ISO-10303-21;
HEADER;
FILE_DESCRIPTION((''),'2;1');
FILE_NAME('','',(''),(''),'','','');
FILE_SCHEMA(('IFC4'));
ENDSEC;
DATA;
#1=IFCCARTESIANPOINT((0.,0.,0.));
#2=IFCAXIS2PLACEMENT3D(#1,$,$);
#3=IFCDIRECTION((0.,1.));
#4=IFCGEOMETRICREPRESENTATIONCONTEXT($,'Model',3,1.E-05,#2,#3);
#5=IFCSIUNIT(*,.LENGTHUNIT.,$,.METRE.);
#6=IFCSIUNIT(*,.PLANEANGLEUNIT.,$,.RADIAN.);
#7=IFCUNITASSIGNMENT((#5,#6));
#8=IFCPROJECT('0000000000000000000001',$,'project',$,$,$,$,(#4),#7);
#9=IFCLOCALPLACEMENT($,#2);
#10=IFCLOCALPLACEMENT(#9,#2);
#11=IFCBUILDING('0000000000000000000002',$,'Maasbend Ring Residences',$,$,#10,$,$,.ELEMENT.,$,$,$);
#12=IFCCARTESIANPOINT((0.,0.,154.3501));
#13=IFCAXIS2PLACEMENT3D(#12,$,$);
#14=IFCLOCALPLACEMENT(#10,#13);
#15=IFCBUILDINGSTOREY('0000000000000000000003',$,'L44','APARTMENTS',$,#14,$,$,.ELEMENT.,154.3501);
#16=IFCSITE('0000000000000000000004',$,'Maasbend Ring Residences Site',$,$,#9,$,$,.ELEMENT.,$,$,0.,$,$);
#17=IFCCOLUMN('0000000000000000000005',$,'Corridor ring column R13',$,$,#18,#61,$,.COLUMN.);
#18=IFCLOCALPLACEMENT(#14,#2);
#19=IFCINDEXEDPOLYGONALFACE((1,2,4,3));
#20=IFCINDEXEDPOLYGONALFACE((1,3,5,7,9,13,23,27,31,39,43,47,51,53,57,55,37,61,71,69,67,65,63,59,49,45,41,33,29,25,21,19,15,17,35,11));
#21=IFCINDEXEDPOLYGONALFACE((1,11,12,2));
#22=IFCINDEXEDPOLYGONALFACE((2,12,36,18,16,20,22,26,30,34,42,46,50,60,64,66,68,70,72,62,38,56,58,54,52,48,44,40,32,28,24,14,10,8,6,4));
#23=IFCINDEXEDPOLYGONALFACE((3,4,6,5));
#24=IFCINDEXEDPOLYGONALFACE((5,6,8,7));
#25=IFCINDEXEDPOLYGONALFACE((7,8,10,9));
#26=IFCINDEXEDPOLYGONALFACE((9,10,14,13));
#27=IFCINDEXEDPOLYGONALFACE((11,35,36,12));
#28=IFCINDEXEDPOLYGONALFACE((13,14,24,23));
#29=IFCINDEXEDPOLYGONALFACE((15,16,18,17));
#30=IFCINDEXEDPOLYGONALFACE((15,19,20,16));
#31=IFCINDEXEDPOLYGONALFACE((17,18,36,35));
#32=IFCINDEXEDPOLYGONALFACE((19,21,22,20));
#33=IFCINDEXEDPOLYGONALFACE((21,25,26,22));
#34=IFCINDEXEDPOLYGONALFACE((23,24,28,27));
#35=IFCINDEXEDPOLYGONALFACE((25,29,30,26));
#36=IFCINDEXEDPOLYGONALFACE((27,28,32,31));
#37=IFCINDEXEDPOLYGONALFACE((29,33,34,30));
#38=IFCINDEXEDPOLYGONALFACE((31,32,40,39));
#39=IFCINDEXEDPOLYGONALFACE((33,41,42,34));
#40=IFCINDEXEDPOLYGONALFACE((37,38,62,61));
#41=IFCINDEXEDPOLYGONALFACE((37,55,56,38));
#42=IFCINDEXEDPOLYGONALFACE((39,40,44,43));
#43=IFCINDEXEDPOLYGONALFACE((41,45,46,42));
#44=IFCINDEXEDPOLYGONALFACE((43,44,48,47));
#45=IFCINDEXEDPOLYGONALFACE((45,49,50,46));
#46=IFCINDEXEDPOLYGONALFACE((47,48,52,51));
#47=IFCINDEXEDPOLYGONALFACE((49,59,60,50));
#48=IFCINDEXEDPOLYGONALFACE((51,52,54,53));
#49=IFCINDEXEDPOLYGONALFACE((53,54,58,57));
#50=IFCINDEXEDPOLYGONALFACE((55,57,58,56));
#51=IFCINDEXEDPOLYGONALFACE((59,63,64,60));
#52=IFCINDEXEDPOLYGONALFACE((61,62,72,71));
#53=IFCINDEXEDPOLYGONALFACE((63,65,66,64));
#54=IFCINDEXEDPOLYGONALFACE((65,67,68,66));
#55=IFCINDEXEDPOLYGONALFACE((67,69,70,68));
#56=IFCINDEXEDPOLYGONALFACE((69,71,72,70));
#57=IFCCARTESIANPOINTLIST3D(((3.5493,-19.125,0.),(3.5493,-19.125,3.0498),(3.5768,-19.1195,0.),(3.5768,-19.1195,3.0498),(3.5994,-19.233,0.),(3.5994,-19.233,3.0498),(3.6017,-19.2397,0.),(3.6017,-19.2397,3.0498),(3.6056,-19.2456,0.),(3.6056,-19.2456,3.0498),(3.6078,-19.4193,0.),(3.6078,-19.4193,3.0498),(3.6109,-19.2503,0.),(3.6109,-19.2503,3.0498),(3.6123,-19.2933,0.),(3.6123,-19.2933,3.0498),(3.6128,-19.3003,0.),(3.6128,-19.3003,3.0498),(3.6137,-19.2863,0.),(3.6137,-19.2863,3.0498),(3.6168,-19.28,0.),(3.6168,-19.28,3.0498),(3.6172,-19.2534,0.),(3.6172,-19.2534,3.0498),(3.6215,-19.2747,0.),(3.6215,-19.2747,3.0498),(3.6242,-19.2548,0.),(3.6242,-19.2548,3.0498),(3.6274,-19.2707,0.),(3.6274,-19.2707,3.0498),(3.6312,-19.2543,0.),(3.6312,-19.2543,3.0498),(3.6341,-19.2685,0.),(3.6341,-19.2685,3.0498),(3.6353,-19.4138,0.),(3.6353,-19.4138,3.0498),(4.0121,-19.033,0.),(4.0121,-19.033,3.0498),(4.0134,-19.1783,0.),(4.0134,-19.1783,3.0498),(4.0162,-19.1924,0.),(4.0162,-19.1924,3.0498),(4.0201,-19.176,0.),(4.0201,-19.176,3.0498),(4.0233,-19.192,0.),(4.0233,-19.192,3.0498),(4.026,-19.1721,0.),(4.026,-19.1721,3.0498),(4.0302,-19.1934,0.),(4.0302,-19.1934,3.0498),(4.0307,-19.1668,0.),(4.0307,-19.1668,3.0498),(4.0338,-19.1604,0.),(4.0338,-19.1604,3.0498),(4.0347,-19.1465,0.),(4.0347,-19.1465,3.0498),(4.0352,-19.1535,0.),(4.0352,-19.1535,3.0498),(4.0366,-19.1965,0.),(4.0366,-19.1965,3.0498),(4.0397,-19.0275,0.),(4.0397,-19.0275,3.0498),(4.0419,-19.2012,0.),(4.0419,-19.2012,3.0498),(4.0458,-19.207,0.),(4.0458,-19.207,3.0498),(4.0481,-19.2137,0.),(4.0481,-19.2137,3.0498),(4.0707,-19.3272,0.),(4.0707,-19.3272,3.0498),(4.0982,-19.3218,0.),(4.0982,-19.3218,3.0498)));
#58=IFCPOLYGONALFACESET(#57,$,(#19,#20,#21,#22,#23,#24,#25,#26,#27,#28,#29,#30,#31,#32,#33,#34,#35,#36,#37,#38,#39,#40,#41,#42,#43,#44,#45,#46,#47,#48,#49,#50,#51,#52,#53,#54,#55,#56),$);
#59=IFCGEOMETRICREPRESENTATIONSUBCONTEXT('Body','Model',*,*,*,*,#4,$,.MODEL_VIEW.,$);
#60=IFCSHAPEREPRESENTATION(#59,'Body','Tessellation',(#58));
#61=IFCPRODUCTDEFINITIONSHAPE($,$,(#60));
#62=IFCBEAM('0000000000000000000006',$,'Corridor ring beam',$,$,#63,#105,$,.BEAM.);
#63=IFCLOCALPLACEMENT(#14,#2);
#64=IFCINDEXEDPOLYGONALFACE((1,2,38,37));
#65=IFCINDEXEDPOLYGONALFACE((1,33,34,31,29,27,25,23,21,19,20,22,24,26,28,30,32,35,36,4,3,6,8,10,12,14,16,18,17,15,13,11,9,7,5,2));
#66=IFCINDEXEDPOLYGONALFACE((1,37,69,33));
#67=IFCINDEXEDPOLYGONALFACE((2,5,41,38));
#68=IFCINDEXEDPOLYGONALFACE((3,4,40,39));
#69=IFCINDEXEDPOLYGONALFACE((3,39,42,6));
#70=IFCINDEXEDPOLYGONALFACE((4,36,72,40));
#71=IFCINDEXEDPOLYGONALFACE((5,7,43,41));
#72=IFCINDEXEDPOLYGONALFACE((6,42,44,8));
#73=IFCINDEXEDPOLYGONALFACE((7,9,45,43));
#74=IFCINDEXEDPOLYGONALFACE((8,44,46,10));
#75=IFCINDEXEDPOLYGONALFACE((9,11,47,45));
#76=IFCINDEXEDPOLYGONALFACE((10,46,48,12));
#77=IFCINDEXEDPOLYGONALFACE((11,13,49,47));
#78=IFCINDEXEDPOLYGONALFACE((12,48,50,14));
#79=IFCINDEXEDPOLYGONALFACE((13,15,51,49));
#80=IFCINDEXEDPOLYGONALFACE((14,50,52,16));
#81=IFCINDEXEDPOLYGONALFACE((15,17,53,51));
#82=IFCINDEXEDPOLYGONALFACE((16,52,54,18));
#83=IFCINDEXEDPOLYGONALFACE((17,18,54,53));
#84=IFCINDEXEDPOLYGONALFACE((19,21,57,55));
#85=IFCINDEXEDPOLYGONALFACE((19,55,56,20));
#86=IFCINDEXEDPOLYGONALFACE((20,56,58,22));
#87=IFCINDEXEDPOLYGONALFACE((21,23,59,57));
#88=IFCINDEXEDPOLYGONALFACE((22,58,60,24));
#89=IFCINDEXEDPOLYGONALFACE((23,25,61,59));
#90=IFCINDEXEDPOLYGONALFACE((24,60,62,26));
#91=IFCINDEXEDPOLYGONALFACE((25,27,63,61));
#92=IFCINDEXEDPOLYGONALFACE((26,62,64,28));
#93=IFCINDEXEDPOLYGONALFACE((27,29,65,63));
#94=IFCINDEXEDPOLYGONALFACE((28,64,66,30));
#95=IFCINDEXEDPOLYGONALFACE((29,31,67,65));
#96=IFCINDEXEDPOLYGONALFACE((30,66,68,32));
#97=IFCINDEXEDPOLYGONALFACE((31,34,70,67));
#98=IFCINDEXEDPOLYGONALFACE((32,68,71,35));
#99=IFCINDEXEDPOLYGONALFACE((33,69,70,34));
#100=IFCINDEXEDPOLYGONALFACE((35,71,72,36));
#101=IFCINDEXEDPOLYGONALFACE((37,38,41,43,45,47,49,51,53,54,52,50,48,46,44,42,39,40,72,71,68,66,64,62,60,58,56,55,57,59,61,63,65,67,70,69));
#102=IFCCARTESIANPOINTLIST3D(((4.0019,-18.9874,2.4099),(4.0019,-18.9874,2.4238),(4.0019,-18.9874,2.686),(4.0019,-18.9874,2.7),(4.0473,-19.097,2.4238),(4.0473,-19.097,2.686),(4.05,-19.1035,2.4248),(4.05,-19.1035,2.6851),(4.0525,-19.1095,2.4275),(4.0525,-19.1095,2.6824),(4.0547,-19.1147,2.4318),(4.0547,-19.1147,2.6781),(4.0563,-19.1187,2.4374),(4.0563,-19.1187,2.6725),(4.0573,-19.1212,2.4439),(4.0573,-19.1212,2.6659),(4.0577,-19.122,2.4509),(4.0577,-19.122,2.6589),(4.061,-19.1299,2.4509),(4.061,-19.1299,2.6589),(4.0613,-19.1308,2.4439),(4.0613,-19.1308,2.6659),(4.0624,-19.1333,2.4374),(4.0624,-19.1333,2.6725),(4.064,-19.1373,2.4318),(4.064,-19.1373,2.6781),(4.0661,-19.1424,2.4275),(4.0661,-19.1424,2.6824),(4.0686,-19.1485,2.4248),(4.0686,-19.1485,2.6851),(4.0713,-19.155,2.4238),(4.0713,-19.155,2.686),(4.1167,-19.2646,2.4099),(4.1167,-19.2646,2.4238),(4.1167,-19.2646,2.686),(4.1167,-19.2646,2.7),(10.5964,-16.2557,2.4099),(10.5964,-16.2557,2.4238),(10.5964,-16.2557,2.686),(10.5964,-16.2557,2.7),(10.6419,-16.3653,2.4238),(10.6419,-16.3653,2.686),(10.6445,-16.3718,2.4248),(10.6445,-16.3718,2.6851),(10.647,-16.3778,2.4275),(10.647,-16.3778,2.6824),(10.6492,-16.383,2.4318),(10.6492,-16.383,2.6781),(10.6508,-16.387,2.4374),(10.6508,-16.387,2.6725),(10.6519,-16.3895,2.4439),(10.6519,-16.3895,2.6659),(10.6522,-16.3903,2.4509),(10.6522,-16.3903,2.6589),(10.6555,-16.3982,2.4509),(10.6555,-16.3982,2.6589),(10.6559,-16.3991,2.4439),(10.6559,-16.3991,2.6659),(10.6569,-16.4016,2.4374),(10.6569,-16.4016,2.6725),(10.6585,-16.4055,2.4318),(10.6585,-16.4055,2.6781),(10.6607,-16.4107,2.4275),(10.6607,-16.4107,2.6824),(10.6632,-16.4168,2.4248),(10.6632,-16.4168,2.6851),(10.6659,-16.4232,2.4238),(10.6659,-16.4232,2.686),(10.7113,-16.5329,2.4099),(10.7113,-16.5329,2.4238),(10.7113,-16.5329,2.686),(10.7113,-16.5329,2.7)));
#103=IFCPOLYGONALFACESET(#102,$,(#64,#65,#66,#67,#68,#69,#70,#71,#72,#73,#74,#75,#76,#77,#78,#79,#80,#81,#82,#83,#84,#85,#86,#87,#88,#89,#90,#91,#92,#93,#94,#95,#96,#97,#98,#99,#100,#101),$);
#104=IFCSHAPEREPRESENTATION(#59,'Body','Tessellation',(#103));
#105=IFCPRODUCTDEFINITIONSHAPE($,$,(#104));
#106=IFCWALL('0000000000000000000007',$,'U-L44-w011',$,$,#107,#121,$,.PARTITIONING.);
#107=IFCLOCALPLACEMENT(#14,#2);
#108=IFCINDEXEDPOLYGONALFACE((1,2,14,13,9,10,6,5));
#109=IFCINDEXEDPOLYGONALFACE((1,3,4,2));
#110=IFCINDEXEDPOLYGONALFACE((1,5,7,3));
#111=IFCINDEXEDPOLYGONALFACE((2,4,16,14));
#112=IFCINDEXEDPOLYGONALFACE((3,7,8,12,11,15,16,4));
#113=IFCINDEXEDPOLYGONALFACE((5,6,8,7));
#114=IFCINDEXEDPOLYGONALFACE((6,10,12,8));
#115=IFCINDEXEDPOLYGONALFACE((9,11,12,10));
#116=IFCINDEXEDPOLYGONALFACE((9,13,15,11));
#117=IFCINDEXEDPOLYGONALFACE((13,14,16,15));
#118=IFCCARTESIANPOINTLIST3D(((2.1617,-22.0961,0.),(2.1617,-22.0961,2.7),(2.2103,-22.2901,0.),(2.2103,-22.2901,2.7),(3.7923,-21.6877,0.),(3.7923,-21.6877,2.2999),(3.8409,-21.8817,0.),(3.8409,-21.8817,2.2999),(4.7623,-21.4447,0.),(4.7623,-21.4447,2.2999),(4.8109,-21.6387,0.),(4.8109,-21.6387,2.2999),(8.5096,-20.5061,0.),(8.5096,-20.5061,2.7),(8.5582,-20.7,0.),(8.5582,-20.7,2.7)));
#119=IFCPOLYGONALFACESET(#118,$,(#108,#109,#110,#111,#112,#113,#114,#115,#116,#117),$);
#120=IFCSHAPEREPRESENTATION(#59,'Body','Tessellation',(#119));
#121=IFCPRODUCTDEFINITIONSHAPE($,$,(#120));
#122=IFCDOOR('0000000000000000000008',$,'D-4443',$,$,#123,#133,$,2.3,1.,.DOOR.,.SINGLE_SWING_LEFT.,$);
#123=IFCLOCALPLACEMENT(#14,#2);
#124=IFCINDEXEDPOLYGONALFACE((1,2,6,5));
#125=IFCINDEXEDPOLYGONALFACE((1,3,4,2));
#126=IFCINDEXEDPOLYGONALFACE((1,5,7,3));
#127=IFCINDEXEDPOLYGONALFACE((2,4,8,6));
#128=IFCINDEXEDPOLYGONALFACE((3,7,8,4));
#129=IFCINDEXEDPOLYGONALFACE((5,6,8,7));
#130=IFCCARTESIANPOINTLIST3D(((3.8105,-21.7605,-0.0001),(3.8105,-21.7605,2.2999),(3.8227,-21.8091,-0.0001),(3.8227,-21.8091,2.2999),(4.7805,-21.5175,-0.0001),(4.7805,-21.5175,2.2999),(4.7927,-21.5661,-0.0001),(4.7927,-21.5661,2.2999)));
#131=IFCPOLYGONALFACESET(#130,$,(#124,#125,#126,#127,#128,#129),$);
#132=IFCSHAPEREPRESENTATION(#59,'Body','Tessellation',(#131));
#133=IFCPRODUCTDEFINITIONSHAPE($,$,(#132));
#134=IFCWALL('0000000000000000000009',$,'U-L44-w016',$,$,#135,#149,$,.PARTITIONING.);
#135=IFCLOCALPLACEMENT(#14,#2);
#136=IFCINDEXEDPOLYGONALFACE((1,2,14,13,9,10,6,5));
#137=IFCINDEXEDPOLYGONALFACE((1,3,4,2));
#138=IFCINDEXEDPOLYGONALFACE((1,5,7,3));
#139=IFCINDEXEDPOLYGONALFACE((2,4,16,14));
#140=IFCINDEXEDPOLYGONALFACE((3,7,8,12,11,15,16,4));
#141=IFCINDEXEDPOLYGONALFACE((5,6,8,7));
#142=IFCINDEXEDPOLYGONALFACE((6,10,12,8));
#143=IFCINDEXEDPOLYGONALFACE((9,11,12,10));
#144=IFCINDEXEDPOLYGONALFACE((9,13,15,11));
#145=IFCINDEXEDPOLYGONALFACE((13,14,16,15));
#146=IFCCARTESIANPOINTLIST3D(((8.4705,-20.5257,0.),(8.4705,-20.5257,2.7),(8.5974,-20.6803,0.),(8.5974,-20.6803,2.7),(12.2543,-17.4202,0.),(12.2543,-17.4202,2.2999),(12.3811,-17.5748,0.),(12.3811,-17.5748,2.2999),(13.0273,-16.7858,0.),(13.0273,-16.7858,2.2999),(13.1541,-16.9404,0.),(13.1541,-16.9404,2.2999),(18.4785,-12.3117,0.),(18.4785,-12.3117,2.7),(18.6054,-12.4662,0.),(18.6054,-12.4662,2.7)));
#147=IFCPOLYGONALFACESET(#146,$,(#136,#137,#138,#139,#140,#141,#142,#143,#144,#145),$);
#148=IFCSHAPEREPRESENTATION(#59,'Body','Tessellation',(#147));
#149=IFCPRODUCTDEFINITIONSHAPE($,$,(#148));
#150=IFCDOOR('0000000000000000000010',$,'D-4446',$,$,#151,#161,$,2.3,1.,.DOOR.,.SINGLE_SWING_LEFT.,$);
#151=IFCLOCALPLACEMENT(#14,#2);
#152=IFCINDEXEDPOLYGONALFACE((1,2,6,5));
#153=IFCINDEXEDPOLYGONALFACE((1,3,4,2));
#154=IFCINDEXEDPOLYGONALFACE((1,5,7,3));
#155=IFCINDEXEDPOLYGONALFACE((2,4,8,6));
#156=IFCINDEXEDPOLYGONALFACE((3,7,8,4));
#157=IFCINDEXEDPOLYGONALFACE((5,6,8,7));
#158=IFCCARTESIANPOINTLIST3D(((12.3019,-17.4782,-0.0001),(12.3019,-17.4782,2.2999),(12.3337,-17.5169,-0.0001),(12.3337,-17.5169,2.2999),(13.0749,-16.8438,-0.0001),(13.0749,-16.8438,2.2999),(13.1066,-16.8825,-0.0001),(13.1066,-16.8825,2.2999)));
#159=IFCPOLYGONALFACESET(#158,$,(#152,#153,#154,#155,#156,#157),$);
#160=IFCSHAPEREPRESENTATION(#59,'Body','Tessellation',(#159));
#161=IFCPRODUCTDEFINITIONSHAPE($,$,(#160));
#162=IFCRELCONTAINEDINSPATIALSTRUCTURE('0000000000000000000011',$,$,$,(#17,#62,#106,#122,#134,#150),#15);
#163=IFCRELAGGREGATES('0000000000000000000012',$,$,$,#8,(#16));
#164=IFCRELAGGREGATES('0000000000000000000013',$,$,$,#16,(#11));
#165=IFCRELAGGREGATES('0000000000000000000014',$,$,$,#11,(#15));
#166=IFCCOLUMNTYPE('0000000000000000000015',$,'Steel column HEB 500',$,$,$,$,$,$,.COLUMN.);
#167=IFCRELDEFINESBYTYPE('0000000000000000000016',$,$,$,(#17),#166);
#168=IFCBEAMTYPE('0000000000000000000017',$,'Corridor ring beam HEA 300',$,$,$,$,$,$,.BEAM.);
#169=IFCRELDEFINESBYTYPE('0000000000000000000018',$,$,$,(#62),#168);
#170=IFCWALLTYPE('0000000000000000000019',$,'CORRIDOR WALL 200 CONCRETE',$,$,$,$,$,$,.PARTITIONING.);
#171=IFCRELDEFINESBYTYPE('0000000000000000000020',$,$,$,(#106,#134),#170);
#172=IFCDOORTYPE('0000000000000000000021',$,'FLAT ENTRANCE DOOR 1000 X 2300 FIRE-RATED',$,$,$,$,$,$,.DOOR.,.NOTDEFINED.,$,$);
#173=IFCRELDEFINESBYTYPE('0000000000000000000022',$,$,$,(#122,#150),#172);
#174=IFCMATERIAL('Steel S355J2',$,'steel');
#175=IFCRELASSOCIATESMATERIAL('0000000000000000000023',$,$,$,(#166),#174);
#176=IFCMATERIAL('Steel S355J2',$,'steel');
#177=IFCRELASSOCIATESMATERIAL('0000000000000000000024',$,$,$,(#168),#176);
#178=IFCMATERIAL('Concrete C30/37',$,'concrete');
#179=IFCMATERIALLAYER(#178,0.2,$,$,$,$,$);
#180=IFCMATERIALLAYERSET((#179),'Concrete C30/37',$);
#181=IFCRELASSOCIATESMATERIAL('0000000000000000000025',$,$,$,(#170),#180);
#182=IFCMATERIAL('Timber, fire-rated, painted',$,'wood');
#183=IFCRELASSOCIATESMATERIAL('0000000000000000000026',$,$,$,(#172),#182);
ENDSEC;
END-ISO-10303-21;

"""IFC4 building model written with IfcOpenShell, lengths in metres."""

from ifc_helpers import new_model, si_unit, direction, frame, frame_2d, origin, origin_2d, place, context, subcontext, project, spatial, rectangle, i_section, extrude, material, layer, layer_set, material_profile, profile_set, type_object, element, fill, save


model = new_model("IFC4")

# Units and contexts
model_context = context("Model", 3, precision=1e-05, world=origin(), true_north=direction((0.0, 1.0)))
body_context = subcontext(model_context, "Body", "Model", "MODEL_VIEW")
ifc_project = project(units=[si_unit("LENGTHUNIT", "METRE"), si_unit("PLANEANGLEUNIT", "RADIAN")], contexts=[model_context])

# Site, building, storey
site_placement = place(None, origin())
site = spatial("IfcSite", under=ifc_project, at=site_placement, Name="Maasbend Ring Residences Site", CompositionType="ELEMENT", RefElevation=0.0)
building_placement = place(site_placement, origin())
building = spatial("IfcBuilding", under=site, at=building_placement, Name="Maasbend Ring Residences", CompositionType="ELEMENT")
storey_placement = place(building_placement, frame((0.0, 0.0, 154.3501)))
storey = spatial("IfcBuildingStorey", under=building, at=storey_placement, Name="L44", Description="APARTMENTS", CompositionType="ELEMENT", Elevation=154.3501)

# Column
ifc_material_1 = material(Name="Steel S355J2", Category="steel")
ifc_material_profile_1 = material_profile(ifc_material_1, i_section(OverallWidth=0.3, OverallDepth=0.5, WebThickness=0.0144, FlangeThickness=0.0281, FilletRadius=0.0271, at=origin_2d()), Name="HEB 500")
ifc_profile_set_1 = profile_set([ifc_material_profile_1], Name="Steel S355J2")
column_type = type_object("IfcColumnType", Name="Steel column HEB 500", PredefinedType="COLUMN", material=ifc_profile_set_1)
column_placement = place(storey_placement, frame((3.8237, -19.2234, 0.0), z_axis=(0.0, 0.0, 1.0), x_axis=(0.19509, -0.980785, 0.0)))
element("IfcColumn", 1, at=column_placement, inside=storey, type_object=column_type, Name="Corridor ring column R13", PredefinedType="COLUMN", context=body_context, shape_type="SweptSolid", body=[
    extrude(i_section(OverallWidth=0.3, OverallDepth=0.5, WebThickness=0.0144, FlangeThickness=0.0281, FilletRadius=0.0271, at=origin_2d()), origin(), (0.0, 0.0, 1.0), 3.0498),
])

# Beam
ifc_material_2 = material(Name="Steel S355J2", Category="steel")
ifc_material_profile_2 = material_profile(ifc_material_2, i_section(OverallWidth=0.3, OverallDepth=0.29, WebThickness=0.0085, FlangeThickness=0.0139, FilletRadius=0.0271, at=origin_2d()), Name="HEA 300")
ifc_profile_set_2 = profile_set([ifc_material_profile_2], Name="Steel S355J2")
beam_type = type_object("IfcBeamType", Name="Corridor ring beam HEA 300", PredefinedType="BEAM", material=ifc_profile_set_2)
beam_placement = place(storey_placement, frame((4.0593, -19.126, 2.5549), z_axis=(0.923871, 0.382703, 0.0), x_axis=(-0.382703, 0.923871, 0.0)))
element("IfcBeam", 2, at=beam_placement, inside=storey, type_object=beam_type, Name="Corridor ring beam", PredefinedType="BEAM", context=body_context, shape_type="SweptSolid", body=[
    extrude(i_section(OverallWidth=0.3, OverallDepth=0.29, WebThickness=0.0085, FlangeThickness=0.0139, FilletRadius=0.0271, at=origin_2d()), origin(), (0.0, 0.0, 1.0), 7.1379),
])

# Walls, openings, doors
ifc_material_3 = material(Name="Concrete C30/37", Category="concrete")
ifc_layer_1 = layer(ifc_material_3, 0.2)
ifc_layer_set_1 = layer_set([ifc_layer_1], Name="Concrete C30/37")
wall_type_1 = type_object("IfcWallType", Name="CORRIDOR WALL 200 CONCRETE", PredefinedType="PARTITIONING", material=ifc_layer_set_1)
wall_1_placement = place(storey_placement, frame((2.186, -22.1931, 0.0), z_axis=(0.0, 0.0, 1.0), x_axis=(0.97003, 0.242983, 0.0)))
wall_1 = element("IfcWall", 3, at=wall_1_placement, inside=storey, type_object=wall_type_1, Name="U-L44-w011", PredefinedType="PARTITIONING", context=body_context, shape_type="SweptSolid", body=[
    extrude(rectangle(XDim=6.5439, YDim=0.2, at=frame_2d((3.272, 0.0))), origin(), (0.0, 0.0, 1.0), 2.7),
])
opening_1_placement = place(wall_1_placement, frame((1.6809, 0.0, 0.0)))
opening_1 = element("IfcOpeningElement", 4, at=opening_1_placement, cuts=wall_1, PredefinedType="OPENING", context=body_context, shape_type="SweptSolid", body=[
    extrude(rectangle(XDim=1.0, YDim=2.3, at=frame_2d((0.5, 1.1499))), frame((0.0, 0.1099, 0.0), z_axis=(0.0, -1.0, 0.0), x_axis=(1.0, 0.0, 0.0)), (0.0, 0.0, 1.0), 0.22),
])
ifc_material_4 = material(Name="Timber, fire-rated, painted", Category="wood")
door_type_1 = type_object("IfcDoorType", Name="FLAT ENTRANCE DOOR 1000 X 2300 FIRE-RATED", OperationType="NOTDEFINED", PredefinedType="DOOR", material=ifc_material_4)
door_1_placement = place(opening_1_placement, origin())
door_1 = element("IfcDoor", 5, at=door_1_placement, inside=storey, type_object=door_type_1, Name="D-4443", OperationType="SINGLE_SWING_LEFT", OverallHeight=2.3, OverallWidth=1.0, PredefinedType="DOOR", context=body_context, shape_type="SweptSolid", body=[
    extrude(rectangle(XDim=1.0, YDim=2.3, at=frame_2d((0.5, 1.1499))), frame((0.0, 0.0249, 0.0), z_axis=(0.0, -1.0, 0.0), x_axis=(1.0, 0.0, 0.0)), (0.0, 0.0, 1.0), 0.05),
])
fill(opening_1, door_1)
wall_2_placement = place(storey_placement, frame((8.5339, -20.603, 0.0), z_axis=(0.0, 0.0, 1.0), x_axis=(0.772984, 0.634426, 0.0)))
wall_2 = element("IfcWall", 6, at=wall_2_placement, inside=storey, type_object=wall_type_1, Name="U-L44-w016", PredefinedType="PARTITIONING", context=body_context, shape_type="SweptSolid", body=[
    extrude(rectangle(XDim=12.9473, YDim=0.2, at=frame_2d((6.4736, 0.0))), origin(), (0.0, 0.0, 1.0), 2.7),
])
opening_2_placement = place(wall_2_placement, frame((4.895, 0.0, 0.0)))
opening_2 = element("IfcOpeningElement", 7, at=opening_2_placement, cuts=wall_2, PredefinedType="OPENING", context=body_context, shape_type="SweptSolid", body=[
    extrude(rectangle(XDim=1.0, YDim=2.3, at=frame_2d((0.5, 1.1499))), frame((0.0, 0.1099, 0.0), z_axis=(0.0, -1.0, 0.0), x_axis=(1.0, 0.0, 0.0)), (0.0, 0.0, 1.0), 0.22),
])
door_2_placement = place(opening_2_placement, origin())
door_2 = element("IfcDoor", 8, at=door_2_placement, inside=storey, type_object=door_type_1, Name="D-4446", OperationType="SINGLE_SWING_LEFT", OverallHeight=2.3, OverallWidth=1.0, PredefinedType="DOOR", context=body_context, shape_type="SweptSolid", body=[
    extrude(rectangle(XDim=1.0, YDim=2.3, at=frame_2d((0.5, 1.1499))), frame((0.0, 0.0249, 0.0), z_axis=(0.0, -1.0, 0.0), x_axis=(1.0, 0.0, 0.0)), (0.0, 0.0, 1.0), 0.05),
])
fill(opening_2, door_2)

save(model, "model.ifc")
